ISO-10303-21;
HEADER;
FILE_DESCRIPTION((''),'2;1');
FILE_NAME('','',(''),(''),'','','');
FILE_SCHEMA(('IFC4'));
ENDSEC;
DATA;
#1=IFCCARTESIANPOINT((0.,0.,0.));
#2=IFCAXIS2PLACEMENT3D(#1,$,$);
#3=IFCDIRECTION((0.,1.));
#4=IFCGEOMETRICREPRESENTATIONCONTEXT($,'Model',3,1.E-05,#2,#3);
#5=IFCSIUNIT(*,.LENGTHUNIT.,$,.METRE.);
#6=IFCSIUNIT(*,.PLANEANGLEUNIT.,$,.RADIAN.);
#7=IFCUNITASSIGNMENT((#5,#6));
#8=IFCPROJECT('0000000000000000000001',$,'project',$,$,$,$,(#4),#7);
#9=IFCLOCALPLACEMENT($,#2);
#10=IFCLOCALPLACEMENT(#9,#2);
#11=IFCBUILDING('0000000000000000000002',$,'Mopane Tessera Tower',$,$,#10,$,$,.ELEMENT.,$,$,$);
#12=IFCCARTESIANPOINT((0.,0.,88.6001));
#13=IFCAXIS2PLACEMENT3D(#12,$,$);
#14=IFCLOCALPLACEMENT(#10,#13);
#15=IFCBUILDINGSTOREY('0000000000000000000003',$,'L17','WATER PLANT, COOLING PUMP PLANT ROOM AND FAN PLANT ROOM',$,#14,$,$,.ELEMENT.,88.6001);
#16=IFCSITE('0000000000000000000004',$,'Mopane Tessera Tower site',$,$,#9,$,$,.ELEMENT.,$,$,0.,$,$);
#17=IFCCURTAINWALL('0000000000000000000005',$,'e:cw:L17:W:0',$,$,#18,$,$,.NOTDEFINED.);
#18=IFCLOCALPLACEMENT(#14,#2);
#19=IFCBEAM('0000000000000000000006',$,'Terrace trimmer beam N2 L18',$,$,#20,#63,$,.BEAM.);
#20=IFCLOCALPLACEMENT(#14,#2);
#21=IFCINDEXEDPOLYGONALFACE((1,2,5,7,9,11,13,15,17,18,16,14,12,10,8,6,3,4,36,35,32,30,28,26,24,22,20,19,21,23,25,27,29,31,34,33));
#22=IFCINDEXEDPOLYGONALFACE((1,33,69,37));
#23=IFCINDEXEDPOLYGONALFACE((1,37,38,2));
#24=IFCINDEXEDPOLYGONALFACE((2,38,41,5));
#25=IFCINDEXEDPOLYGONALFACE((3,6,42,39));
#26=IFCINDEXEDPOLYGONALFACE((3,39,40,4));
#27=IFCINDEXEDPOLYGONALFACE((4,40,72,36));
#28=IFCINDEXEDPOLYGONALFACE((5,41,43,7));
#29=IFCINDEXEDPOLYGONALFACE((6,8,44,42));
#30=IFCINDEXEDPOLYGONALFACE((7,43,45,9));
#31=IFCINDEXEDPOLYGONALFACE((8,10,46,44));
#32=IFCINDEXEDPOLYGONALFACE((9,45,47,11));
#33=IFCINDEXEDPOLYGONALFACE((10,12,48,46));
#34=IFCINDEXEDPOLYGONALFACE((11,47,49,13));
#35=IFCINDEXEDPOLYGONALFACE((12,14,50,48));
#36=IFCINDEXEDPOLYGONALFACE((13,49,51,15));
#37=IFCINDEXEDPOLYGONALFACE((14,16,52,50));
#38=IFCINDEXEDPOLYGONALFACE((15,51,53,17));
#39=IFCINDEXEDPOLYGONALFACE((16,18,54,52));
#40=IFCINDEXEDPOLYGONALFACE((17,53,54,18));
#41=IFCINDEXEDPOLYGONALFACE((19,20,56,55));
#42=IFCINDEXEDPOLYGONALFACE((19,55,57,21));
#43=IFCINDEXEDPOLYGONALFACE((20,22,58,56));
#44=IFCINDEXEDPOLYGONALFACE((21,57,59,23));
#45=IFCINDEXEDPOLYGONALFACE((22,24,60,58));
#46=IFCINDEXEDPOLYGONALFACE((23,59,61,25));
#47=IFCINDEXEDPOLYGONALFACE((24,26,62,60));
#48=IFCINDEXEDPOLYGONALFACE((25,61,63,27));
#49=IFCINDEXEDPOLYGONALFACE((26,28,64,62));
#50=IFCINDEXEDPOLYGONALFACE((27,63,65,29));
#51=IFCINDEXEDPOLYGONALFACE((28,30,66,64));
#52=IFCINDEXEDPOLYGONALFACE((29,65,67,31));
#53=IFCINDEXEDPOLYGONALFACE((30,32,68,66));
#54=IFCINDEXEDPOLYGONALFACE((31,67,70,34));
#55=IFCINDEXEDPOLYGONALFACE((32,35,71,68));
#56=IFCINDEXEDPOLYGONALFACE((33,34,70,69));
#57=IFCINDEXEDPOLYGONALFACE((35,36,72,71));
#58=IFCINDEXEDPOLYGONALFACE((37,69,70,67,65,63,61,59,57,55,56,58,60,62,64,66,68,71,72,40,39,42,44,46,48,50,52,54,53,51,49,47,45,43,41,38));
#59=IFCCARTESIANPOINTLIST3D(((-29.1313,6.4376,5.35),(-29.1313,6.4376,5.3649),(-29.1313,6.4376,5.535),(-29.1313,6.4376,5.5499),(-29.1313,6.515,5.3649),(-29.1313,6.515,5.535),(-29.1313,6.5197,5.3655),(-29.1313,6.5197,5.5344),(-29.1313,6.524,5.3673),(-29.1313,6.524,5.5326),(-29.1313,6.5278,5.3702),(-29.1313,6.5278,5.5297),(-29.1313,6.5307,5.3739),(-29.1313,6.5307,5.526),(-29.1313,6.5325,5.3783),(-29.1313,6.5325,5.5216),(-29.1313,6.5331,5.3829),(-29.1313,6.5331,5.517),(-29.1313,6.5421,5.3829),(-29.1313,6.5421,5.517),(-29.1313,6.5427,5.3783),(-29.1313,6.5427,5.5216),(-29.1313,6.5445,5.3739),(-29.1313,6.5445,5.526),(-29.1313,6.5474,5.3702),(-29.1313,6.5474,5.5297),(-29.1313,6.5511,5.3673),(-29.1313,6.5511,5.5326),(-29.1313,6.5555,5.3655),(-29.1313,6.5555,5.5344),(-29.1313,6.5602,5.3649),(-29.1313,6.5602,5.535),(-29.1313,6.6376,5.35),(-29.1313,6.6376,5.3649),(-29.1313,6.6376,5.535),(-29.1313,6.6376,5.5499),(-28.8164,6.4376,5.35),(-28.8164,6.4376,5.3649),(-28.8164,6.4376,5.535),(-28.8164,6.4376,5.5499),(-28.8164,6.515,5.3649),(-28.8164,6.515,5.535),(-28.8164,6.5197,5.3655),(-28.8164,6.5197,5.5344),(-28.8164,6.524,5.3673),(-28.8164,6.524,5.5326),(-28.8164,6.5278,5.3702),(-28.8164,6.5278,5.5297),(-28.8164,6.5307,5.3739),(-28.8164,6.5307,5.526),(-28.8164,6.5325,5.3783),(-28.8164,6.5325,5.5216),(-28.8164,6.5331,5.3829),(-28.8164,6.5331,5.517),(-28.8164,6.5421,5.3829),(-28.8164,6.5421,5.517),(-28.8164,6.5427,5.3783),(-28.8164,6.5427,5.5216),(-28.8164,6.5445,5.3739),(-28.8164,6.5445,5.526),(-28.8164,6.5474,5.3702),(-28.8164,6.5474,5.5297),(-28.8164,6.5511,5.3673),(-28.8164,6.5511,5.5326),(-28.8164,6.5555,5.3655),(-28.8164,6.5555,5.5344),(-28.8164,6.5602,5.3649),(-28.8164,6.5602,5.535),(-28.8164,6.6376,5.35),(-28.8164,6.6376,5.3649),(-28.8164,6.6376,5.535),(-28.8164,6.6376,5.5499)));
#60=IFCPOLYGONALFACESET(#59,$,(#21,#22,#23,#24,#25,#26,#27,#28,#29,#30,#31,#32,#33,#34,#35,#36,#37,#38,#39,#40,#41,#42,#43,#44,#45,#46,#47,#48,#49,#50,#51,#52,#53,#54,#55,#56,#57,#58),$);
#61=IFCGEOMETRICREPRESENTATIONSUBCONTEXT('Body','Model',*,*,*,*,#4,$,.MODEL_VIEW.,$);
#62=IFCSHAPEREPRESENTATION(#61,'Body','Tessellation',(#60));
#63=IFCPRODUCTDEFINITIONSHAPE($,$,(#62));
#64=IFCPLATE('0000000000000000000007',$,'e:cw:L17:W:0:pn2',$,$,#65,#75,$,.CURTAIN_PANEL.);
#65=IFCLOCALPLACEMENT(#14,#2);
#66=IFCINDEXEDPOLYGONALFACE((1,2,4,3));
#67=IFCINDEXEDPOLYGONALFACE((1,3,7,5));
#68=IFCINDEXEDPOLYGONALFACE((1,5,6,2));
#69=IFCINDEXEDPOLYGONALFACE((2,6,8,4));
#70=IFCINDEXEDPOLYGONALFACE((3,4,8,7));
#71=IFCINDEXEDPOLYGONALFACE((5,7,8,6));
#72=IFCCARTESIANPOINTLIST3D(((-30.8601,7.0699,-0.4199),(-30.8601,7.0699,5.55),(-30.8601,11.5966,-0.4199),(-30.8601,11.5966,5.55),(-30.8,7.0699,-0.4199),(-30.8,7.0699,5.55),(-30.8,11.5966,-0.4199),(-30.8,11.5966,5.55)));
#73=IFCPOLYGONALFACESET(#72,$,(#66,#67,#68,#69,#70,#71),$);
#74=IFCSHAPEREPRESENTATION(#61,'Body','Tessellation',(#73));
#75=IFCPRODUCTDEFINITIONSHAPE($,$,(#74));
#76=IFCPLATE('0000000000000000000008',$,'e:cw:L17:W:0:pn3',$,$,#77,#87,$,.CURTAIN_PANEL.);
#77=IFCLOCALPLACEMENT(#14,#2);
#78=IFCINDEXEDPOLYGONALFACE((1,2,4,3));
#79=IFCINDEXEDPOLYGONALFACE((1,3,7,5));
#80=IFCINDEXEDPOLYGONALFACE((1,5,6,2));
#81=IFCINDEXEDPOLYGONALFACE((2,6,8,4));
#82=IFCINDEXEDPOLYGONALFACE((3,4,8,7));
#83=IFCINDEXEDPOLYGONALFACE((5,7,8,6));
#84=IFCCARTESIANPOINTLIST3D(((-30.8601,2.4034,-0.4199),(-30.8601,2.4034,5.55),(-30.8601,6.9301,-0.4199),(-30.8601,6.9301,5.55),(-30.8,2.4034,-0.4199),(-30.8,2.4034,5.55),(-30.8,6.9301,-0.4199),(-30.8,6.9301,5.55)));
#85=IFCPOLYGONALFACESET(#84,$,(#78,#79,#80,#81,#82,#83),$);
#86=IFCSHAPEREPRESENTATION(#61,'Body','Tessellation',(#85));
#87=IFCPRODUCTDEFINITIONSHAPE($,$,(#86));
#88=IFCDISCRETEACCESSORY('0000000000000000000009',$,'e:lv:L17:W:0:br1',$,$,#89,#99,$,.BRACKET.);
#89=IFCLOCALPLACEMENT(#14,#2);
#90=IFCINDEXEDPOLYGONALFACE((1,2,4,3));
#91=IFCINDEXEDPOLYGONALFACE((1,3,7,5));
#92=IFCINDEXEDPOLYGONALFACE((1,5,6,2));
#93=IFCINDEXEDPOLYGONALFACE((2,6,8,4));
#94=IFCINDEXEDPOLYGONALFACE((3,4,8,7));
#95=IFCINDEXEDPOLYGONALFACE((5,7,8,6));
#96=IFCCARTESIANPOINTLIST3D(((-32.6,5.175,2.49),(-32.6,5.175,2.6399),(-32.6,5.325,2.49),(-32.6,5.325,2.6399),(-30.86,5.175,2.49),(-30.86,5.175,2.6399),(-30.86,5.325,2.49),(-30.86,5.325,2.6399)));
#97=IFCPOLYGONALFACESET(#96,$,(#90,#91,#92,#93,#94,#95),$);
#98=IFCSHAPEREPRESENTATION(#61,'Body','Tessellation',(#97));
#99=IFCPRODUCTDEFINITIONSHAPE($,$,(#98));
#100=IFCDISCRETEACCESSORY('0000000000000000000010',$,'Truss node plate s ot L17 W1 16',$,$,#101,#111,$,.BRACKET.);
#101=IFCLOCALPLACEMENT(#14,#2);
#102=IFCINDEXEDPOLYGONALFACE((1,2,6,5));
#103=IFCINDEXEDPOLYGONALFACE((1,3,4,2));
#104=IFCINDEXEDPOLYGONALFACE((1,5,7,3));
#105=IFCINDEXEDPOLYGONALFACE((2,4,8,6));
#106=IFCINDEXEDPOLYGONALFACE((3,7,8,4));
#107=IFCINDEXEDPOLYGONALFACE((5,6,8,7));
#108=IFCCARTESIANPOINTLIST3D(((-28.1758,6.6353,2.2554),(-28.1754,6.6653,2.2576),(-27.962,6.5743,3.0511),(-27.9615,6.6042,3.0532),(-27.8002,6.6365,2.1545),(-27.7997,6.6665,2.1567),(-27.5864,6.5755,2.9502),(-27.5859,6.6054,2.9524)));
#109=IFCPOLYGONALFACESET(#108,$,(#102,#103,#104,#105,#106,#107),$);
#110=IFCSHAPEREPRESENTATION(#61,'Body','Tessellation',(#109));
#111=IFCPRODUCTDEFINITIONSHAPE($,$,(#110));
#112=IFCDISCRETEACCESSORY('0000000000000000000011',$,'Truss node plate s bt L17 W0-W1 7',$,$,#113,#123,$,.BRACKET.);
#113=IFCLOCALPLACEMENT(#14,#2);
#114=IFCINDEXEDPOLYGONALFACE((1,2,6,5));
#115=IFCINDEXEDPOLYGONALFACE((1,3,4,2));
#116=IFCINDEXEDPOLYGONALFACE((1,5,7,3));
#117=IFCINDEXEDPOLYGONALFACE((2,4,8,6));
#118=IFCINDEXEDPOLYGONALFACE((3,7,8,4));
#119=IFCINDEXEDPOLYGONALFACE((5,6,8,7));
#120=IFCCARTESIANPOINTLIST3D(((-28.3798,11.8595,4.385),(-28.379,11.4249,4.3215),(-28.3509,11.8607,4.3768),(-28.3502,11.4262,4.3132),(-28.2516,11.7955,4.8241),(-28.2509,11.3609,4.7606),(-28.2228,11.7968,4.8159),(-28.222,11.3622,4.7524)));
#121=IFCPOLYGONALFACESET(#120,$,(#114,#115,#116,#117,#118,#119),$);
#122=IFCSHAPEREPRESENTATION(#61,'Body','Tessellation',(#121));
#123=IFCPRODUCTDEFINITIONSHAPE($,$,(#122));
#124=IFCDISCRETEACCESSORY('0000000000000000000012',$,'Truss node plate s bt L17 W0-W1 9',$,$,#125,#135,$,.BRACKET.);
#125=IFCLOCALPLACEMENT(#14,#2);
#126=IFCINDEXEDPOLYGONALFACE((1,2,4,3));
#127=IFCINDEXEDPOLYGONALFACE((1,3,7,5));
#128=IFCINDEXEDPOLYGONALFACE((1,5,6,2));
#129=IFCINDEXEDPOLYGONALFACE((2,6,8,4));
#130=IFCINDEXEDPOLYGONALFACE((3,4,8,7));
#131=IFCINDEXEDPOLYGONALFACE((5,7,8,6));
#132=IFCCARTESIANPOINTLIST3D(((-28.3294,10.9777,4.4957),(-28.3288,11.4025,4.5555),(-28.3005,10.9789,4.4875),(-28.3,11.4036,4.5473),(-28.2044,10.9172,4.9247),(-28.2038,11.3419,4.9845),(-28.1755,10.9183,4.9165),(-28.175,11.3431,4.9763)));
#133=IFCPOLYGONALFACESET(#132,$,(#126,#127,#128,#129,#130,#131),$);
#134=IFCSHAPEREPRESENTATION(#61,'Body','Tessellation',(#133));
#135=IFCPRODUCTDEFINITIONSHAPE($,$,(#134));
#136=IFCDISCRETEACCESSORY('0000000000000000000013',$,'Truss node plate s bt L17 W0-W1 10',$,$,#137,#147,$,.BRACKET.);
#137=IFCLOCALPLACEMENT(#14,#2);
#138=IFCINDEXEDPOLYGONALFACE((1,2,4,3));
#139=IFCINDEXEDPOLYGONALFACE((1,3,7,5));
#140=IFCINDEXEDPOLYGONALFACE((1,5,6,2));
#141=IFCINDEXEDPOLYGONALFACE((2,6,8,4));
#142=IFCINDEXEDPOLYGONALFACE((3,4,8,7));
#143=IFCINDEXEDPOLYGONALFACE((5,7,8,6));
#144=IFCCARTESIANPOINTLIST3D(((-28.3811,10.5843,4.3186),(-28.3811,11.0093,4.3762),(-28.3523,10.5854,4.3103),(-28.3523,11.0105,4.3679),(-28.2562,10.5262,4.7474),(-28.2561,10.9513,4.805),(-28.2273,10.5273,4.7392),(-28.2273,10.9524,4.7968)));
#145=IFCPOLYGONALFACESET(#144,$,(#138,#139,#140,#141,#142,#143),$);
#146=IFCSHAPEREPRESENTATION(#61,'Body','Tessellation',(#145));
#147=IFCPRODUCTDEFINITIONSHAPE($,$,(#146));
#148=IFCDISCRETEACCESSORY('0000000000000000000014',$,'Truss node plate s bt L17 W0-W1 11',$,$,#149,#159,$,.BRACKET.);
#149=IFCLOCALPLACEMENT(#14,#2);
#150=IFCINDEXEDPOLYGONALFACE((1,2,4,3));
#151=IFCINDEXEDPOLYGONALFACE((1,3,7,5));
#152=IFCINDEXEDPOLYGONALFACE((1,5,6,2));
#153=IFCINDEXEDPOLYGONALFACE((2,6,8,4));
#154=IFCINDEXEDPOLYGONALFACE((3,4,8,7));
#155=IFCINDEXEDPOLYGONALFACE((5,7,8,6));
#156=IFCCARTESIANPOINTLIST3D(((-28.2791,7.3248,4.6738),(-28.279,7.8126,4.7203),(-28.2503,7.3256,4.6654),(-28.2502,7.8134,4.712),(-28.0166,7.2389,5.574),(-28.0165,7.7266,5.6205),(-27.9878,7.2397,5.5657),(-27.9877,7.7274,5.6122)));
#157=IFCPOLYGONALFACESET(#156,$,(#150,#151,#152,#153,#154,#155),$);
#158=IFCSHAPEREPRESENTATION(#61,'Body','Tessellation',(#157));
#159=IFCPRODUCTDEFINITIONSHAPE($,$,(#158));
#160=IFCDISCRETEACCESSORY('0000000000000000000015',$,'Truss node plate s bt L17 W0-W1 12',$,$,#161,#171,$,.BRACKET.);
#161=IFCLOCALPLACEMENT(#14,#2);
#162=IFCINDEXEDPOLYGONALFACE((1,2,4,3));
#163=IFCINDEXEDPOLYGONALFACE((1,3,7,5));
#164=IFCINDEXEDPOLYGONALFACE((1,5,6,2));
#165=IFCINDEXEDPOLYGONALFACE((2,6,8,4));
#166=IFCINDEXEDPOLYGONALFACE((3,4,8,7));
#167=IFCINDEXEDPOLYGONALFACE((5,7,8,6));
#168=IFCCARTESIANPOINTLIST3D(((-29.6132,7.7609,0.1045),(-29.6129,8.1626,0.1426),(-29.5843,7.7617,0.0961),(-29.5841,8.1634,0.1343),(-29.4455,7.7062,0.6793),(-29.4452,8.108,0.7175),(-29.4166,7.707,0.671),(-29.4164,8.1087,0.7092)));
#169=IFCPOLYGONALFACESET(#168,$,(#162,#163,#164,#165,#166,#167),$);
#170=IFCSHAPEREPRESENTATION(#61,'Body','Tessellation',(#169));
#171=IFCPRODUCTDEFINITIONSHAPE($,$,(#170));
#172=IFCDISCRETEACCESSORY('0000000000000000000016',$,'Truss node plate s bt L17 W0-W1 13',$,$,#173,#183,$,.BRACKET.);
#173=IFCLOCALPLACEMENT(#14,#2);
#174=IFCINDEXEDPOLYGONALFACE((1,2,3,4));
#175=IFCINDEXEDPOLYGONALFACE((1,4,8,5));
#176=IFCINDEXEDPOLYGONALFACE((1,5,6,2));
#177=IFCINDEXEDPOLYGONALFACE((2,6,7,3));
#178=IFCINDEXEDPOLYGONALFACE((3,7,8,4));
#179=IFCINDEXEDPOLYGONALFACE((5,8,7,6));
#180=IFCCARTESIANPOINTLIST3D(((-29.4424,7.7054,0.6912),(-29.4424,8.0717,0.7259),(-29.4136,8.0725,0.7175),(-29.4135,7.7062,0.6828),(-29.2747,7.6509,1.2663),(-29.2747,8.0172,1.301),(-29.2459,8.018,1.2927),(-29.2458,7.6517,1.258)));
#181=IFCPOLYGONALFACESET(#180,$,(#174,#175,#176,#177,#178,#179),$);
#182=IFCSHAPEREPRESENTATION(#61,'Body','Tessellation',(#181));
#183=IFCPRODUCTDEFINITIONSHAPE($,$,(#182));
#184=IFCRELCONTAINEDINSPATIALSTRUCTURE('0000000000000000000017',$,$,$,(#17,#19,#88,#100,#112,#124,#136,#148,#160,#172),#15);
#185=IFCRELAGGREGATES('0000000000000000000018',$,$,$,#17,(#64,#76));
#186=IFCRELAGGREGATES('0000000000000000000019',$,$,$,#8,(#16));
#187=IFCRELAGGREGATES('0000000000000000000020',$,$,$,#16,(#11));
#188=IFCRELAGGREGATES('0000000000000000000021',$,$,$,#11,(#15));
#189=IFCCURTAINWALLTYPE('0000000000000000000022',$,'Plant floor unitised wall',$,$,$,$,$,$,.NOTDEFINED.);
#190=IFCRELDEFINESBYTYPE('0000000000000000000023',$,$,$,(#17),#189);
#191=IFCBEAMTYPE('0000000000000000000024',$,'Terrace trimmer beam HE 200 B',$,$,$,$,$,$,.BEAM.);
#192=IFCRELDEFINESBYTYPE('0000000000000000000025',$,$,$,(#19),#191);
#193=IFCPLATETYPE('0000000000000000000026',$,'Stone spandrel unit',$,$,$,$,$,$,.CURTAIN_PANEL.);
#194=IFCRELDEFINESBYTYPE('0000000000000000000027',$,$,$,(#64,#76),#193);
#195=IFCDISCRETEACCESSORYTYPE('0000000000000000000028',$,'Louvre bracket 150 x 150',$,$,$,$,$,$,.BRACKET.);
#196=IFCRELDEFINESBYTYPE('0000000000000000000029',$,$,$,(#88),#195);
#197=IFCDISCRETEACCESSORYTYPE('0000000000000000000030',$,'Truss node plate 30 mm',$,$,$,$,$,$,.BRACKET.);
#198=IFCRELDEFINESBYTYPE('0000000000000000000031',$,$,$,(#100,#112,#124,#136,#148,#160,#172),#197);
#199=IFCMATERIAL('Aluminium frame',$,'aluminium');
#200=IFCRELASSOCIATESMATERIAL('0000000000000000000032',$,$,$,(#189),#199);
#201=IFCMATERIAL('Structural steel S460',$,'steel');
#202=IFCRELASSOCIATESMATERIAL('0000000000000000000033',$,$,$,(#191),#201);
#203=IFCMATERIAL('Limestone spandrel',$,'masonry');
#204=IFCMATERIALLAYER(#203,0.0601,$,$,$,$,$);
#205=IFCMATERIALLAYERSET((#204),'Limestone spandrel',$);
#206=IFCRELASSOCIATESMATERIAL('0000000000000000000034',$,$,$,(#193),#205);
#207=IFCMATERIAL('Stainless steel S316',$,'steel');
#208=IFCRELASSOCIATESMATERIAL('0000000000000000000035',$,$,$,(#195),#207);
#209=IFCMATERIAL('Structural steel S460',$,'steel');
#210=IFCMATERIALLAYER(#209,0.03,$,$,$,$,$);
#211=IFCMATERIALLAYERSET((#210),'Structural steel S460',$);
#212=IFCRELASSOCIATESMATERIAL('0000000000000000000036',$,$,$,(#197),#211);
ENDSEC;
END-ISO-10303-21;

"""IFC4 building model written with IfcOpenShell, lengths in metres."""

from ifc_helpers import new_model, si_unit, direction, frame, origin, origin_2d, place, context, subcontext, project, spatial, rectangle, i_section, extrude, material, layer, layer_set, material_profile, profile_set, type_object, element, aggregate, save


model = new_model("IFC4")

# Units and contexts
model_context = context("Model", 3, precision=1e-05, world=origin(), true_north=direction((0.0, 1.0)))
body_context = subcontext(model_context, "Body", "Model", "MODEL_VIEW")
ifc_project = project(units=[si_unit("LENGTHUNIT", "METRE"), si_unit("PLANEANGLEUNIT", "RADIAN")], contexts=[model_context])

# Site, building, storey
site_placement = place(None, origin())
site = spatial("IfcSite", under=ifc_project, at=site_placement, Name="Mopane Tessera Tower site", CompositionType="ELEMENT", RefElevation=0.0)
building_placement = place(site_placement, origin())
building = spatial("IfcBuilding", under=site, at=building_placement, Name="Mopane Tessera Tower", CompositionType="ELEMENT")
storey_placement = place(building_placement, frame((0.0, 0.0, 88.6001)))
storey = spatial("IfcBuildingStorey", under=building, at=storey_placement, Name="L17", Description="WATER PLANT, COOLING PUMP PLANT ROOM AND FAN PLANT ROOM", CompositionType="ELEMENT", Elevation=88.6001)

# Curtain wall
ifc_material_1 = material(Name="Aluminium frame", Category="aluminium")
curtain_wall_type = type_object("IfcCurtainWallType", Name="Plant floor unitised wall", PredefinedType="NOTDEFINED", material=ifc_material_1)
curtain_wall_placement = place(storey_placement, origin())
curtain_wall = element("IfcCurtainWall", 1, at=curtain_wall_placement, inside=storey, type_object=curtain_wall_type, Name="e:cw:L17:W:0", PredefinedType="NOTDEFINED")

# Beam
ifc_material_2 = material(Name="Structural steel S460", Category="steel")
ifc_material_profile_1 = material_profile(ifc_material_2, i_section(OverallWidth=0.2, OverallDepth=0.2, WebThickness=0.009, FlangeThickness=0.0149, FilletRadius=0.0181, at=origin_2d()))
ifc_profile_set_1 = profile_set([ifc_material_profile_1], Name="Structural steel S460")
beam_type = type_object("IfcBeamType", Name="Terrace trimmer beam HE 200 B", PredefinedType="BEAM", material=ifc_profile_set_1)
beam_placement = place(storey_placement, frame((-28.8164, 6.5376, 5.45), z_axis=(-1.0, 0.0, 0.0), x_axis=(0.0, -1.0, 0.0)))
element("IfcBeam", 2, at=beam_placement, inside=storey, type_object=beam_type, Name="Terrace trimmer beam N2 L18", PredefinedType="BEAM", context=body_context, shape_type="SweptSolid", body=[
    extrude(i_section(OverallWidth=0.2, OverallDepth=0.2, WebThickness=0.009, FlangeThickness=0.0149, FilletRadius=0.0181, at=origin_2d()), origin(), (0.0, 0.0, 1.0), 0.3149),
])

# Plates
ifc_material_3 = material(Name="Limestone spandrel", Category="masonry")
ifc_layer_1 = layer(ifc_material_3, 0.0601)
ifc_layer_set_1 = layer_set([ifc_layer_1], Name="Limestone spandrel")
plate_type = type_object("IfcPlateType", Name="Stone spandrel unit", PredefinedType="CURTAIN_PANEL", material=ifc_layer_set_1)
plate_1_placement = place(storey_placement, frame((-30.8301, 9.3333, -0.4199), z_axis=(0.0, 0.0, 1.0), x_axis=(0.0, -1.0, 0.0)))
plate_1 = element("IfcPlate", 3, at=plate_1_placement, type_object=plate_type, Name="e:cw:L17:W:0:pn2", PredefinedType="CURTAIN_PANEL", context=body_context, shape_type="SweptSolid", body=[
    extrude(rectangle(XDim=4.5266, YDim=0.0601, at=origin_2d()), origin(), (0.0, 0.0, 1.0), 5.97),
])
plate_2_placement = place(storey_placement, frame((-30.8301, 4.6667, -0.4199), z_axis=(0.0, 0.0, 1.0), x_axis=(0.0, -1.0, 0.0)))
plate_2 = element("IfcPlate", 4, at=plate_2_placement, type_object=plate_type, Name="e:cw:L17:W:0:pn3", PredefinedType="CURTAIN_PANEL", context=body_context, shape_type="SweptSolid", body=[
    extrude(rectangle(XDim=4.5266, YDim=0.0601, at=origin_2d()), origin(), (0.0, 0.0, 1.0), 5.97),
])
aggregate(curtain_wall, [plate_1, plate_2])

# Discrete accessories
ifc_material_4 = material(Name="Stainless steel S316", Category="steel")
discrete_accessory_type_1 = type_object("IfcDiscreteAccessoryType", Name="Louvre bracket 150 x 150", PredefinedType="BRACKET", material=ifc_material_4)
discrete_accessory_1_placement = place(storey_placement, frame((-31.73, 5.25, 2.49), z_axis=(0.0, 0.0, 1.0), x_axis=(-1.0, 0.0, 0.0)))
element("IfcDiscreteAccessory", 5, at=discrete_accessory_1_placement, inside=storey, type_object=discrete_accessory_type_1, Name="e:lv:L17:W:0:br1", PredefinedType="BRACKET", context=body_context, shape_type="SweptSolid", body=[
    extrude(rectangle(XDim=1.74, YDim=0.1499, at=origin_2d()), origin(), (0.0, 0.0, 1.0), 0.1499),
])
ifc_material_5 = material(Name="Structural steel S460", Category="steel")
ifc_layer_2 = layer(ifc_material_5, 0.03)
ifc_layer_set_2 = layer_set([ifc_layer_2], Name="Structural steel S460")
discrete_accessory_type_2 = type_object("IfcDiscreteAccessoryType", Name="Truss node plate 30 mm", PredefinedType="BRACKET", material=ifc_layer_set_2)
discrete_accessory_2_placement = place(storey_placement, frame((-27.9878, 6.6509, 2.2061), z_axis=(0.258871, -0.073879, 0.963082), x_axis=(-0.016199, -0.997262, -0.072146)))
element("IfcDiscreteAccessory", 6, at=discrete_accessory_2_placement, inside=storey, type_object=discrete_accessory_type_2, Name="Truss node plate s ot L17 W1 16", PredefinedType="BRACKET", context=body_context, shape_type="SweptSolid", body=[
    extrude(rectangle(XDim=0.03, YDim=0.3889, at=origin_2d()), origin(), (0.0, 0.0, 1.0), 0.8262),
])
discrete_accessory_3_placement = place(storey_placement, frame((-28.365, 11.6428, 4.3491), z_axis=(0.277445, -0.138458, 0.950712), x_axis=(0.96074, 0.041727, -0.274295)))
element("IfcDiscreteAccessory", 7, at=discrete_accessory_3_placement, inside=storey, type_object=discrete_accessory_type_2, Name="Truss node plate s bt L17 W0-W1 7", PredefinedType="BRACKET", context=body_context, shape_type="SweptSolid", body=[
    extrude(rectangle(XDim=0.03, YDim=0.4392, at=origin_2d()), origin(), (0.0, 0.0, 1.0), 0.4619),
])
discrete_accessory_4_placement = place(storey_placement, frame((-28.3147, 11.1907, 4.5215), z_axis=(0.277235, -0.134286, 0.951372), x_axis=(0.960801, 0.037409, -0.274703)))
element("IfcDiscreteAccessory", 8, at=discrete_accessory_4_placement, inside=storey, type_object=discrete_accessory_type_2, Name="Truss node plate s bt L17 W0-W1 9", PredefinedType="BRACKET", context=body_context, shape_type="SweptSolid", body=[
    extrude(rectangle(XDim=0.03, YDim=0.429, at=origin_2d()), origin(), (0.0, 0.0, 1.0), 0.4509),
])
discrete_accessory_5_placement = place(storey_placement, frame((-28.3667, 10.7974, 4.3433), z_axis=(0.277433, -0.128963, 0.95205), x_axis=(0.960745, 0.037184, -0.27493)))
element("IfcDiscreteAccessory", 9, at=discrete_accessory_5_placement, inside=storey, type_object=discrete_accessory_type_2, Name="Truss node plate s bt L17 W0-W1 10", PredefinedType="BRACKET", context=body_context, shape_type="SweptSolid", body=[
    extrude(rectangle(XDim=0.03, YDim=0.429, at=origin_2d()), origin(), (0.0, 0.0, 1.0), 0.4504),
])
discrete_accessory_6_placement = place(storey_placement, frame((-28.2646, 7.5691, 4.6929), z_axis=(0.278742, -0.091272, 0.956019), x_axis=(0.960366, 0.026291, -0.277499)))
element("IfcDiscreteAccessory", 10, at=discrete_accessory_6_placement, inside=storey, type_object=discrete_accessory_type_2, Name="Truss node plate s bt L17 W0-W1 11", PredefinedType="BRACKET", context=body_context, shape_type="SweptSolid", body=[
    extrude(rectangle(XDim=0.03, YDim=0.49, at=origin_2d()), origin(), (0.0, 0.0, 1.0), 0.9417),
])
discrete_accessory_7_placement = place(storey_placement, frame((-29.5986, 7.9622, 0.1194), z_axis=(0.278887, -0.090933, 0.956009), x_axis=(0.960324, 0.025832, -0.277688)))
element("IfcDiscreteAccessory", 11, at=discrete_accessory_7_placement, inside=storey, type_object=discrete_accessory_type_2, Name="Truss node plate s bt L17 W0-W1 12", PredefinedType="BRACKET", context=body_context, shape_type="SweptSolid", body=[
    extrude(rectangle(XDim=0.03, YDim=0.4036, at=origin_2d()), origin(), (0.0, 0.0, 1.0), 0.6013),
])
discrete_accessory_8_placement = place(storey_placement, frame((-29.428, 7.8889, 0.7043), z_axis=(0.278789, -0.090495, 0.956079), x_axis=(0.960352, 0.026388, -0.277537)))
element("IfcDiscreteAccessory", 12, at=discrete_accessory_8_placement, inside=storey, type_object=discrete_accessory_type_2, Name="Truss node plate s bt L17 W0-W1 13", PredefinedType="BRACKET", context=body_context, shape_type="SweptSolid", body=[
    extrude(rectangle(XDim=0.03, YDim=0.3679, at=origin_2d()), origin(), (0.0, 0.0, 1.0), 0.6016),
])

save(model, "model.ifc")
